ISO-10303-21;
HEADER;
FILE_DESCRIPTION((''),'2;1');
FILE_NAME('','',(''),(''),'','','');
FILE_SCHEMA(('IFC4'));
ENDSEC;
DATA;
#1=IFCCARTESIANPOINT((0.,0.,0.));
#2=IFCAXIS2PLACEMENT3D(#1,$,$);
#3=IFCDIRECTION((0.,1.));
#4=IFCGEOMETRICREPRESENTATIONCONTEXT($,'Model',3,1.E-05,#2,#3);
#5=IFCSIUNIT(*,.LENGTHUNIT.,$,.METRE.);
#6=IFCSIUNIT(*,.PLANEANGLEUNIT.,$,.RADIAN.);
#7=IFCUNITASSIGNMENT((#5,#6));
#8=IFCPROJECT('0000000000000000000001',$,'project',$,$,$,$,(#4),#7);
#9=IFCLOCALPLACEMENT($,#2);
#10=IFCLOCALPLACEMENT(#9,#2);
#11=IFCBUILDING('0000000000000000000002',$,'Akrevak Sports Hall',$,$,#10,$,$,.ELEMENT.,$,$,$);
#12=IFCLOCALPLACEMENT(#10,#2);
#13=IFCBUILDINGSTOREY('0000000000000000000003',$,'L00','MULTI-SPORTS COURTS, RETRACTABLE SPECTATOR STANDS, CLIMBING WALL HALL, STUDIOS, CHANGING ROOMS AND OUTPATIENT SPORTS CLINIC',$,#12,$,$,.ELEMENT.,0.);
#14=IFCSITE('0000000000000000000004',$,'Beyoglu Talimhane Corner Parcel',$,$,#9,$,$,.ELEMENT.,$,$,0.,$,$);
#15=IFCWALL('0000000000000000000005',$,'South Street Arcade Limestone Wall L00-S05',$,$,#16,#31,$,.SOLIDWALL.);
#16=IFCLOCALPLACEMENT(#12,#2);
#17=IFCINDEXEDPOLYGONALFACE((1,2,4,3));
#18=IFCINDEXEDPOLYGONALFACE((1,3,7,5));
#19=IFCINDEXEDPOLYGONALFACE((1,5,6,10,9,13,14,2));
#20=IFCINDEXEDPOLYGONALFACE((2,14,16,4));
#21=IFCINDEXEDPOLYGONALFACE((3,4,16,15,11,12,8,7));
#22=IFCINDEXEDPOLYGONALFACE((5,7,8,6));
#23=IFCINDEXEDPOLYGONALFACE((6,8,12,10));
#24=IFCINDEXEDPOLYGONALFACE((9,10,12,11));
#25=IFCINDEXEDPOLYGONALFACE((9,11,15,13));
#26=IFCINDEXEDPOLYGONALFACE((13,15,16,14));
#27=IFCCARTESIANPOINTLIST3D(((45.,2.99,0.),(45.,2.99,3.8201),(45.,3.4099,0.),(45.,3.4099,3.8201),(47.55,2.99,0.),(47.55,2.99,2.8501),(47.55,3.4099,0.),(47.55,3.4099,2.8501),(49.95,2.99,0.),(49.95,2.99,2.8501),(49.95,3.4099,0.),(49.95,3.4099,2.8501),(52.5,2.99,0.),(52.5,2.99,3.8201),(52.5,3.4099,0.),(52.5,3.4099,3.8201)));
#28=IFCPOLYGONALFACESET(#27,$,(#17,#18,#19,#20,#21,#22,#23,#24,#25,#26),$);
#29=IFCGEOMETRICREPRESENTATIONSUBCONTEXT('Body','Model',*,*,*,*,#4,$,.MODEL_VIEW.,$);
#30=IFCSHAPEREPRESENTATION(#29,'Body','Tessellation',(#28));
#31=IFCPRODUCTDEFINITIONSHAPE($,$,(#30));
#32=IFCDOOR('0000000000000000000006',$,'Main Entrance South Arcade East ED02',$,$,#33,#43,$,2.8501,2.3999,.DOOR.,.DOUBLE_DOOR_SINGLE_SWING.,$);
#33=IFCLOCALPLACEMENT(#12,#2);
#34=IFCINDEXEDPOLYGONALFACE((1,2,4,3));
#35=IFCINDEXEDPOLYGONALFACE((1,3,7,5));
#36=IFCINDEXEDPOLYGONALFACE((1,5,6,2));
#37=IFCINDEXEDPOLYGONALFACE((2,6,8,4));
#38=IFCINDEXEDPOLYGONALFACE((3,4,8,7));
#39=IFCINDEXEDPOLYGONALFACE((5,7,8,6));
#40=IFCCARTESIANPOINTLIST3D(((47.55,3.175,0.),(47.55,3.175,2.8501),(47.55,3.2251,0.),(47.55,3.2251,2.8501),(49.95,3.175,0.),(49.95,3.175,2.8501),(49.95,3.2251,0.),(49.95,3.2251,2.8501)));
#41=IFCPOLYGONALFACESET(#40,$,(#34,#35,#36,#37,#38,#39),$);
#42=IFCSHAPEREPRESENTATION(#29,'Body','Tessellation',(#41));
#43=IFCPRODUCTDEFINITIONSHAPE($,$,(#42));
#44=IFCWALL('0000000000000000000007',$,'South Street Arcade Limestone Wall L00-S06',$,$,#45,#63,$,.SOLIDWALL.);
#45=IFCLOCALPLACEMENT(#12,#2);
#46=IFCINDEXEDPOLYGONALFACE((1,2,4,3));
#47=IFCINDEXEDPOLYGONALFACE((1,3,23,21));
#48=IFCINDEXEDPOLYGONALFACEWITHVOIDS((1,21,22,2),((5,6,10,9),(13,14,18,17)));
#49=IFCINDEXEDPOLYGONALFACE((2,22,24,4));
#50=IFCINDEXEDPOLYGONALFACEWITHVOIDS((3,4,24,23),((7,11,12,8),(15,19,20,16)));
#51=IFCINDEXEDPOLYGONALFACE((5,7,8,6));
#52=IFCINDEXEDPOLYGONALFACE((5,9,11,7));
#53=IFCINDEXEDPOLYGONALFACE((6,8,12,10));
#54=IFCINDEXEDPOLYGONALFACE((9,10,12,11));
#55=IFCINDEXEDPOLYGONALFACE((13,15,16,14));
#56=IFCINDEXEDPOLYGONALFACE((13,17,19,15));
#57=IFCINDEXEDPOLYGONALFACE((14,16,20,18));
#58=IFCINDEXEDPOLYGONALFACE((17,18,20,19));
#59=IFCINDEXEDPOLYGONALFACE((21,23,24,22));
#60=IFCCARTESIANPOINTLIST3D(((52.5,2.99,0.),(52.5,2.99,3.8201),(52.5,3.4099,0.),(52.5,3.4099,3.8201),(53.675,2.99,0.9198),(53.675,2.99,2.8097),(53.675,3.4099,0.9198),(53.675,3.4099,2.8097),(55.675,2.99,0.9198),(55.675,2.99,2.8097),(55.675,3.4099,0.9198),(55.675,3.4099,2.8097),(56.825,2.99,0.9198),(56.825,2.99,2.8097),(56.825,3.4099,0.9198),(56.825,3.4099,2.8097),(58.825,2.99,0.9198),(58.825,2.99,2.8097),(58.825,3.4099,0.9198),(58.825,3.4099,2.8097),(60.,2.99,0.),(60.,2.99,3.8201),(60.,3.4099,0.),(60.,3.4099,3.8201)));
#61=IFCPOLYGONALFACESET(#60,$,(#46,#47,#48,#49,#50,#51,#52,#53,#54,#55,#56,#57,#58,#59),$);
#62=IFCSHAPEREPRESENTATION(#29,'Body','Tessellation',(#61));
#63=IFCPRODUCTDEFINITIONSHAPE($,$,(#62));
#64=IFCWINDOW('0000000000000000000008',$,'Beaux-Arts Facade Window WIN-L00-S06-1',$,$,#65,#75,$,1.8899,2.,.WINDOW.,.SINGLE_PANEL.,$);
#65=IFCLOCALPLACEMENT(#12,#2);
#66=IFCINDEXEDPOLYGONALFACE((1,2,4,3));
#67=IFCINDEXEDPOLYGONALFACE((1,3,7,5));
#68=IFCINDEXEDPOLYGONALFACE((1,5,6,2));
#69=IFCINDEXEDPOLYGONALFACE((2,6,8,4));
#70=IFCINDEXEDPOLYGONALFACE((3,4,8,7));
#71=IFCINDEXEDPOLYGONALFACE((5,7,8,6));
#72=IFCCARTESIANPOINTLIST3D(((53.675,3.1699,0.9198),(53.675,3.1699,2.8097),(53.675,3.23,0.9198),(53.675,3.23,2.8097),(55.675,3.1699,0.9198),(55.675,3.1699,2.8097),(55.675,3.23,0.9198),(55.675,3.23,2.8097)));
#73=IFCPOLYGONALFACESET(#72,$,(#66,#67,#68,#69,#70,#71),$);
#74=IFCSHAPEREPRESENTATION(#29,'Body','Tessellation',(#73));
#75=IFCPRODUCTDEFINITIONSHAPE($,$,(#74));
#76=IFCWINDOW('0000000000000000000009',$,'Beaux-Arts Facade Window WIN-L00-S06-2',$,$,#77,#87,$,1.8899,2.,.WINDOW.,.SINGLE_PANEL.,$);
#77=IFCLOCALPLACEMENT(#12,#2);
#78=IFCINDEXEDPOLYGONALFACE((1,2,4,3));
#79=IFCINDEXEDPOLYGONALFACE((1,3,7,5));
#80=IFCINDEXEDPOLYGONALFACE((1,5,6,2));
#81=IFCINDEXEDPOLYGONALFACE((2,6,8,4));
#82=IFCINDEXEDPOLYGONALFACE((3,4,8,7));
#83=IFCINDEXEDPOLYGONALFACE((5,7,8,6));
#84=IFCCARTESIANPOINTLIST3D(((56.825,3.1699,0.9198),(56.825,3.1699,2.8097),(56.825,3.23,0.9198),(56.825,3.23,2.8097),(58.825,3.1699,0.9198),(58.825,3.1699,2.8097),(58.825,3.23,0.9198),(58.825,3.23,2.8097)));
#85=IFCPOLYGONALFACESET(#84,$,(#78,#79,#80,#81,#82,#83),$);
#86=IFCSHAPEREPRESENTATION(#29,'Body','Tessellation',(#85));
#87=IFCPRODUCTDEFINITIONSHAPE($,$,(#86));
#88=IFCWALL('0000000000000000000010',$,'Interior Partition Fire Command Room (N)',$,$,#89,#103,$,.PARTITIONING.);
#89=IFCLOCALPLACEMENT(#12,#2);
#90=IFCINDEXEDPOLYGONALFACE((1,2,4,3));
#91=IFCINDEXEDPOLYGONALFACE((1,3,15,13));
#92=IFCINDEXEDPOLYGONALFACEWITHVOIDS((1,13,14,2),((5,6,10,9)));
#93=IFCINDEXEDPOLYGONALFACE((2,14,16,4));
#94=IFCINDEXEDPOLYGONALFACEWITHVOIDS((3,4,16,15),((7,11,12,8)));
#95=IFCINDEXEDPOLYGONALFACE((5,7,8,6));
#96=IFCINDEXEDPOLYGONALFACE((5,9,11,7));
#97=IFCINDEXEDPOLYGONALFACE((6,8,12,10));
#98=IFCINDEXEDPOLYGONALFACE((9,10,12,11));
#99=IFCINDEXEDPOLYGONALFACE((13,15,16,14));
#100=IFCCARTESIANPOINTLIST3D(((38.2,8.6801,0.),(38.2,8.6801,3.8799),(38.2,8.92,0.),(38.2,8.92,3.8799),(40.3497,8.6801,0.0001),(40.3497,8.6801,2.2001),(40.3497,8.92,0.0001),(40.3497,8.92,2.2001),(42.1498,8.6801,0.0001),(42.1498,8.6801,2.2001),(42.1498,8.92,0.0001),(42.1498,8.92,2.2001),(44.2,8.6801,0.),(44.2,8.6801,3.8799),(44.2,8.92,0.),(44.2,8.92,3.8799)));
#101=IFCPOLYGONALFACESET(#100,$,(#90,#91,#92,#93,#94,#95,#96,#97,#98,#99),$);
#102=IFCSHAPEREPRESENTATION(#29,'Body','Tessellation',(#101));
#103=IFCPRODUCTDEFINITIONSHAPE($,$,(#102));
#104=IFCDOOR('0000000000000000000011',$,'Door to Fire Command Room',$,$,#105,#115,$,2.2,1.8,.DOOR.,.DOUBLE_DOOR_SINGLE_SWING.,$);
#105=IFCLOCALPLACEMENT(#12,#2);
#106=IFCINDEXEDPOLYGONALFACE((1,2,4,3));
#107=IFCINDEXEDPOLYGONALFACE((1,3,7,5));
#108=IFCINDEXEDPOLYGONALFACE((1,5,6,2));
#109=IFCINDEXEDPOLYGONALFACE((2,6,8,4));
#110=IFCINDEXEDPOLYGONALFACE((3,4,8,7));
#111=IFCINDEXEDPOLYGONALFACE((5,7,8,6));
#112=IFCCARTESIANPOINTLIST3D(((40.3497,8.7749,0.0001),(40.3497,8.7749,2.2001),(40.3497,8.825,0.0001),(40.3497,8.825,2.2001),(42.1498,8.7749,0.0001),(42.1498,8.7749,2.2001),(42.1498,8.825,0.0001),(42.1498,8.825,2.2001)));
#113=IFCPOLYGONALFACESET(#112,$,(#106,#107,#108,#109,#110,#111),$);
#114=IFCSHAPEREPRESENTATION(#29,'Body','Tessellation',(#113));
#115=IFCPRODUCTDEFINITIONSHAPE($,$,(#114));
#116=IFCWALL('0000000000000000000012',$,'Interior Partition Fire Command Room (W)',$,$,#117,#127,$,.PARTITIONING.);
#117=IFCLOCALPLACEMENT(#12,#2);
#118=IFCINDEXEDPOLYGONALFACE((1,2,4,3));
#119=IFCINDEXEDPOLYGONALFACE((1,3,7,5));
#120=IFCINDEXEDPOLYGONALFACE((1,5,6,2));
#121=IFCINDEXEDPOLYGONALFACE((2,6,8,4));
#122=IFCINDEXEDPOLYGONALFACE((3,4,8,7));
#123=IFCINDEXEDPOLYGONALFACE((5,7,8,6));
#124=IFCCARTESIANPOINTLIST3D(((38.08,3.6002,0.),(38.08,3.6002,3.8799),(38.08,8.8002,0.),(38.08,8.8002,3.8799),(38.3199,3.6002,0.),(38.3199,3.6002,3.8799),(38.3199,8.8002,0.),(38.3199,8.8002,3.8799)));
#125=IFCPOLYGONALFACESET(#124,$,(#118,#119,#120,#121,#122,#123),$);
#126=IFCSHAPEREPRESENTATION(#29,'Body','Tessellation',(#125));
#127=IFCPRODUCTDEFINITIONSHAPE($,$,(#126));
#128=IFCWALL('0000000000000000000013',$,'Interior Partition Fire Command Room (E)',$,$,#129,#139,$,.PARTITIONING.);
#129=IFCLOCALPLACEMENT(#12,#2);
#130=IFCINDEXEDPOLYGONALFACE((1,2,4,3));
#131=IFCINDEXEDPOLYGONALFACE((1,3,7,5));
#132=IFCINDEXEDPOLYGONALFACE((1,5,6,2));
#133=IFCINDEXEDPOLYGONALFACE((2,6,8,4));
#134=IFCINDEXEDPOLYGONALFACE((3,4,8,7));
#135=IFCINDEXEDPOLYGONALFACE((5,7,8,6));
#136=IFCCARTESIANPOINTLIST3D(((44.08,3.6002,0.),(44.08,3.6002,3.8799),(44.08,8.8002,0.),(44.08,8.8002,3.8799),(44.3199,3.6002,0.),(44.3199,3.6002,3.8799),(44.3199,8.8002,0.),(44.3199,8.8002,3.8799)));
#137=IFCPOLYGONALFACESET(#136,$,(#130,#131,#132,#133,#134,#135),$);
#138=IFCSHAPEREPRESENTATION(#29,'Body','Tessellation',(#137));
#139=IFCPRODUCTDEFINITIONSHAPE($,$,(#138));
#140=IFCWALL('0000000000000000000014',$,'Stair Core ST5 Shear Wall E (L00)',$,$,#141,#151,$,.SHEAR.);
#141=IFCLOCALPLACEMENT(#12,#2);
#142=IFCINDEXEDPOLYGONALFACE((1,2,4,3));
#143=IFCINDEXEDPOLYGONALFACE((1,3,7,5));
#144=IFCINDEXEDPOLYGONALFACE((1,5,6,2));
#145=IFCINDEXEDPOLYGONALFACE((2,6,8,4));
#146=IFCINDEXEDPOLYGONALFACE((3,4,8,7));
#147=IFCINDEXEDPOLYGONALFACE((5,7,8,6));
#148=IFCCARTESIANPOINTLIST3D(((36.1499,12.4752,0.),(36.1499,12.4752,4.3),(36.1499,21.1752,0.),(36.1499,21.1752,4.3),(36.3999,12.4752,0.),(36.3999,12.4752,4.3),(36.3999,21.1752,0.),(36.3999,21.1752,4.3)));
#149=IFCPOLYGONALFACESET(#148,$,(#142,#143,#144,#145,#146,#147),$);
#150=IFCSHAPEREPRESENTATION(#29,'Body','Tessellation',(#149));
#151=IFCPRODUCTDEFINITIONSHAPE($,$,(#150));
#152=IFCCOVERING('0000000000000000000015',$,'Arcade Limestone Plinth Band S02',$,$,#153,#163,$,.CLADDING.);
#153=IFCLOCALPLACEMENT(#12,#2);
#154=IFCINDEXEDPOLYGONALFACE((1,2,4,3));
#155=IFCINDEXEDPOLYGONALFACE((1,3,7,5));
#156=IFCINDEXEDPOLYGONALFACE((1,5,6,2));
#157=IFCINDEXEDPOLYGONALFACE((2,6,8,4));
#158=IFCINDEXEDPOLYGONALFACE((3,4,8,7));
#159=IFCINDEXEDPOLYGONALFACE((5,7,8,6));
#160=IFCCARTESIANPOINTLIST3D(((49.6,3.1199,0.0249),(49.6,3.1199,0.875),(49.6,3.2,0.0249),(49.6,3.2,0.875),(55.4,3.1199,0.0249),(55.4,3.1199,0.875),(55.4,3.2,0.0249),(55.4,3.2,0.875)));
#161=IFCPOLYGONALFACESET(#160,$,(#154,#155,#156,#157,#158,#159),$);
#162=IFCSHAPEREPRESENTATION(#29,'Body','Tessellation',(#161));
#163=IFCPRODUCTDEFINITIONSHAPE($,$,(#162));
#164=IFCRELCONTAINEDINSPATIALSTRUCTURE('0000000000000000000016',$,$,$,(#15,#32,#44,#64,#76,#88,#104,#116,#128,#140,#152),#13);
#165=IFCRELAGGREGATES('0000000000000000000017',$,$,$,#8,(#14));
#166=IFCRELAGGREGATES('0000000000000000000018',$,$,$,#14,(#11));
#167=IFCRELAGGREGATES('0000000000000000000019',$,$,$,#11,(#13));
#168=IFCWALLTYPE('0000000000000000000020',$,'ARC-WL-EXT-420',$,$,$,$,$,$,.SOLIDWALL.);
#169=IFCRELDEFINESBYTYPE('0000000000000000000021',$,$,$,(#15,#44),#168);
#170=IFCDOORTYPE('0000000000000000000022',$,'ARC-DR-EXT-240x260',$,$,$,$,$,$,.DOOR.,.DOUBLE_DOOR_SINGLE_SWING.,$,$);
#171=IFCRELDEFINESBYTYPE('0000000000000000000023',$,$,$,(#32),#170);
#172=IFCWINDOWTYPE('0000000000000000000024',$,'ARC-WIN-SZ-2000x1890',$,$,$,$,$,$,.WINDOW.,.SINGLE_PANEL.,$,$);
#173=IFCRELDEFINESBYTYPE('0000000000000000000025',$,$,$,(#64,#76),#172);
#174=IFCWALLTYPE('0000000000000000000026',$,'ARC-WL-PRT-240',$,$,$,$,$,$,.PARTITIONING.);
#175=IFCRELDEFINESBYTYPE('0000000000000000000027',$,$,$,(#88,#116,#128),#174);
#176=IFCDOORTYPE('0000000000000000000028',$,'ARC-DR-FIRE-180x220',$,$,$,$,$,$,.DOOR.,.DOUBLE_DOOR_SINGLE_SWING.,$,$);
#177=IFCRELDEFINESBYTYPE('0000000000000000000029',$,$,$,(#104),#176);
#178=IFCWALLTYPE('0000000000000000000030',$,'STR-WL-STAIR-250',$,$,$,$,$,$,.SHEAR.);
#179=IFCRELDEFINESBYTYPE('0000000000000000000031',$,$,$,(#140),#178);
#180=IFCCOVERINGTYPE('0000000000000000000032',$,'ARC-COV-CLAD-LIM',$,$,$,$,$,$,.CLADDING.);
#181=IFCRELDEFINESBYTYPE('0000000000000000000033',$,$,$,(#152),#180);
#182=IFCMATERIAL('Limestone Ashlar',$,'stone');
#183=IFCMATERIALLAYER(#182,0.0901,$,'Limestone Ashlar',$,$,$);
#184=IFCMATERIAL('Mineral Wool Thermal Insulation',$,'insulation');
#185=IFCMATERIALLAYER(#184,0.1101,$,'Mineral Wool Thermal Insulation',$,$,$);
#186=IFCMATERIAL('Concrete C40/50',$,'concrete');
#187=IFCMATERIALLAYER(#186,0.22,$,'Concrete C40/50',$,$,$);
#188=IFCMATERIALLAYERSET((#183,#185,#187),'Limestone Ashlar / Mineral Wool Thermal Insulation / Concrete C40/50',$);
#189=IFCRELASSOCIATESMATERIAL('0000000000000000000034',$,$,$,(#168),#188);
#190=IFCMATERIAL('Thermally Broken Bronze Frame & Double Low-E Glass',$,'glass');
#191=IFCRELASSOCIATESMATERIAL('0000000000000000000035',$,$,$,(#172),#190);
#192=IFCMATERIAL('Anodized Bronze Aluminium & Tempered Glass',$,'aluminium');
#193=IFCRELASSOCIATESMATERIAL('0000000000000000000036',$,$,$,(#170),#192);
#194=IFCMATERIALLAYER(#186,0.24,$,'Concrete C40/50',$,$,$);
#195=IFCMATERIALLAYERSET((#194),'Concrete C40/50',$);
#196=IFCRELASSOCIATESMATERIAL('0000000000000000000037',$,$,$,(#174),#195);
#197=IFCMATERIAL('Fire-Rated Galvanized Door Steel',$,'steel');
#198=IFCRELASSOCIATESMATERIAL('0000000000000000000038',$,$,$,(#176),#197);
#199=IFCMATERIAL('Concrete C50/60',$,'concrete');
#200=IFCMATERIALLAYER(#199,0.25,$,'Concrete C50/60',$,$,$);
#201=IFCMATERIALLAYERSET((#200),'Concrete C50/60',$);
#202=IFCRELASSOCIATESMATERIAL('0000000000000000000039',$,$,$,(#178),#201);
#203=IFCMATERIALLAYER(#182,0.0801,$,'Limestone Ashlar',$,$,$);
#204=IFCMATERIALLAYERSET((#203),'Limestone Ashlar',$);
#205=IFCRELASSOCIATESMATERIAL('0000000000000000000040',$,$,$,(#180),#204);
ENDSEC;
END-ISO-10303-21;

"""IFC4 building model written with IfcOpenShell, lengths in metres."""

from ifc_helpers import new_model, si_unit, direction, frame, frame_2d, origin, origin_2d, place, context, subcontext, project, spatial, rectangle, extrude, material, layer, layer_set, type_object, element, fill, save


model = new_model("IFC4")

# Units and contexts
model_context = context("Model", 3, precision=1e-05, world=origin(), true_north=direction((0.0, 1.0)))
body_context = subcontext(model_context, "Body", "Model", "MODEL_VIEW")
ifc_project = project(units=[si_unit("LENGTHUNIT", "METRE"), si_unit("PLANEANGLEUNIT", "RADIAN")], contexts=[model_context])

# Site, building, storey
site_placement = place(None, origin())
site = spatial("IfcSite", under=ifc_project, at=site_placement, Name="Beyoglu Talimhane Corner Parcel", CompositionType="ELEMENT", RefElevation=0.0)
building_placement = place(site_placement, origin())
building = spatial("IfcBuilding", under=site, at=building_placement, Name="Akrevak Sports Hall", CompositionType="ELEMENT")
storey_placement = place(building_placement, origin())
storey = spatial("IfcBuildingStorey", under=building, at=storey_placement, Name="L00", Description="MULTI-SPORTS COURTS, RETRACTABLE SPECTATOR STANDS, CLIMBING WALL HALL, STUDIOS, CHANGING ROOMS AND OUTPATIENT SPORTS CLINIC", CompositionType="ELEMENT", Elevation=0.0)

# Shared definitions
ifc_material_1 = material(Name="Concrete C40/50", Category="concrete")

# Shared definitions
ifc_material_2 = material(Name="Concrete C50/60", Category="concrete")

# Shared definitions
ifc_material_3 = material(Name="Limestone Ashlar", Category="stone")
ifc_layer_1 = layer(ifc_material_3, 0.0901, Name="Limestone Ashlar")
ifc_material_4 = material(Name="Mineral Wool Thermal Insulation", Category="insulation")
ifc_layer_2 = layer(ifc_material_4, 0.1101, Name="Mineral Wool Thermal Insulation")
ifc_layer_3 = layer(ifc_material_1, 0.22, Name="Concrete C40/50")
ifc_layer_set_1 = layer_set([ifc_layer_1, ifc_layer_2, ifc_layer_3], Name="Limestone Ashlar / Mineral Wool Thermal Insulation / Concrete C40/50")
wall_type_1 = type_object("IfcWallType", Name="ARC-WL-EXT-420", PredefinedType="SOLIDWALL", material=ifc_layer_set_1)
ifc_material_5 = material(Name="Thermally Broken Bronze Frame & Double Low-E Glass", Category="glass")
window_type = type_object("IfcWindowType", Name="ARC-WIN-SZ-2000x1890", PartitioningType="SINGLE_PANEL", PredefinedType="WINDOW", material=ifc_material_5)

# Wall, opening, door
wall_1_placement = place(storey_placement, frame((45.0, 3.2, 0.0), z_axis=(0.0, 0.0, 1.0), x_axis=(1.0, 0.0, 0.0)))
wall_1 = element("IfcWall", 1, at=wall_1_placement, inside=storey, type_object=wall_type_1, Name="South Street Arcade Limestone Wall L00-S05", PredefinedType="SOLIDWALL", context=body_context, shape_type="SweptSolid", body=[
    extrude(rectangle(XDim=7.5, YDim=0.4199, at=frame_2d((3.75, 0.0))), origin(), (0.0, 0.0, 1.0), 3.8201),
])
opening_1_placement = place(wall_1_placement, frame((2.55, 0.0, 0.0)))
opening_1 = element("IfcOpeningElement", 2, at=opening_1_placement, cuts=wall_1, PredefinedType="OPENING", context=body_context, shape_type="SweptSolid", body=[
    extrude(rectangle(XDim=2.3999, YDim=2.8501, at=frame_2d((1.2, 1.425))), frame((0.0, 0.2219, 0.0), z_axis=(0.0, -1.0, 0.0), x_axis=(1.0, 0.0, 0.0)), (0.0, 0.0, 1.0), 0.4438),
])
ifc_material_6 = material(Name="Anodized Bronze Aluminium & Tempered Glass", Category="aluminium")
door_type_1 = type_object("IfcDoorType", Name="ARC-DR-EXT-240x260", OperationType="DOUBLE_DOOR_SINGLE_SWING", PredefinedType="DOOR", material=ifc_material_6)
door_1_placement = place(opening_1_placement, frame((2.3999, 0.0, 0.0), z_axis=(0.0, 0.0, 1.0), x_axis=(-1.0, 0.0, 0.0)))
door_1 = element("IfcDoor", 3, at=door_1_placement, inside=storey, type_object=door_type_1, Name="Main Entrance South Arcade East ED02", OperationType="DOUBLE_DOOR_SINGLE_SWING", OverallHeight=2.8501, OverallWidth=2.3999, PredefinedType="DOOR", context=body_context, shape_type="SweptSolid", body=[
    extrude(rectangle(XDim=2.3999, YDim=2.8501, at=frame_2d((1.2, 1.425))), frame((0.0, 0.0249, 0.0), z_axis=(0.0, -1.0, 0.0), x_axis=(1.0, 0.0, 0.0)), (0.0, 0.0, 1.0), 0.05),
])
fill(opening_1, door_1)

# Wall, openings, windows
wall_2_placement = place(storey_placement, frame((52.5, 3.2, 0.0), z_axis=(0.0, 0.0, 1.0), x_axis=(1.0, 0.0, 0.0)))
wall_2 = element("IfcWall", 4, at=wall_2_placement, inside=storey, type_object=wall_type_1, Name="South Street Arcade Limestone Wall L00-S06", PredefinedType="SOLIDWALL", context=body_context, shape_type="SweptSolid", body=[
    extrude(rectangle(XDim=7.5, YDim=0.4199, at=frame_2d((3.75, 0.0))), origin(), (0.0, 0.0, 1.0), 3.8201),
])
opening_2_placement = place(wall_2_placement, frame((1.175, 0.0, 0.9199)))
opening_2 = element("IfcOpeningElement", 5, at=opening_2_placement, cuts=wall_2, PredefinedType="OPENING", context=body_context, shape_type="SweptSolid", body=[
    extrude(rectangle(XDim=2.0, YDim=1.8899, at=frame_2d((1.0, 0.9448))), frame((0.0, 0.2219, 0.0), z_axis=(0.0, -1.0, 0.0), x_axis=(1.0, 0.0, 0.0)), (0.0, 0.0, 1.0), 0.4438),
])
opening_3_placement = place(wall_2_placement, frame((4.325, 0.0, 0.9199)))
opening_3 = element("IfcOpeningElement", 6, at=opening_3_placement, cuts=wall_2, PredefinedType="OPENING", context=body_context, shape_type="SweptSolid", body=[
    extrude(rectangle(XDim=2.0, YDim=1.8899, at=frame_2d((1.0, 0.9448))), frame((0.0, 0.2219, 0.0), z_axis=(0.0, -1.0, 0.0), x_axis=(1.0, 0.0, 0.0)), (0.0, 0.0, 1.0), 0.4438),
])
window_1_placement = place(opening_2_placement, origin())
window_1 = element("IfcWindow", 7, at=window_1_placement, inside=storey, type_object=window_type, Name="Beaux-Arts Facade Window WIN-L00-S06-1", OverallHeight=1.8899, OverallWidth=2.0, PartitioningType="SINGLE_PANEL", PredefinedType="WINDOW", context=body_context, shape_type="SweptSolid", body=[
    extrude(rectangle(XDim=2.0, YDim=1.8899, at=frame_2d((1.0, 0.9448))), frame((0.0, 0.03, 0.0), z_axis=(0.0, -1.0, 0.0), x_axis=(1.0, 0.0, 0.0)), (0.0, 0.0, 1.0), 0.0601),
])
fill(opening_2, window_1)
window_2_placement = place(opening_3_placement, origin())
window_2 = element("IfcWindow", 8, at=window_2_placement, inside=storey, type_object=window_type, Name="Beaux-Arts Facade Window WIN-L00-S06-2", OverallHeight=1.8899, OverallWidth=2.0, PartitioningType="SINGLE_PANEL", PredefinedType="WINDOW", context=body_context, shape_type="SweptSolid", body=[
    extrude(rectangle(XDim=2.0, YDim=1.8899, at=frame_2d((1.0, 0.9448))), frame((0.0, 0.03, 0.0), z_axis=(0.0, -1.0, 0.0), x_axis=(1.0, 0.0, 0.0)), (0.0, 0.0, 1.0), 0.0601),
])
fill(opening_3, window_2)

# Wall, opening, door
ifc_layer_4 = layer(ifc_material_1, 0.24, Name="Concrete C40/50")
ifc_layer_set_2 = layer_set([ifc_layer_4], Name="Concrete C40/50")
wall_type_2 = type_object("IfcWallType", Name="ARC-WL-PRT-240", PredefinedType="PARTITIONING", material=ifc_layer_set_2)
wall_3_placement = place(storey_placement, frame((38.2, 8.8, 0.0), z_axis=(0.0, 0.0, 1.0), x_axis=(1.0, 0.0, 0.0)))
wall_3 = element("IfcWall", 9, at=wall_3_placement, inside=storey, type_object=wall_type_2, Name="Interior Partition Fire Command Room (N)", PredefinedType="PARTITIONING", context=body_context, shape_type="SweptSolid", body=[
    extrude(rectangle(XDim=6.0, YDim=0.24, at=frame_2d((3.0, 0.0))), origin(), (0.0, 0.0, 1.0), 3.8799),
])
opening_4_placement = place(wall_3_placement, frame((2.1499, 0.0, 0.0)))
opening_4 = element("IfcOpeningElement", 10, at=opening_4_placement, cuts=wall_3, PredefinedType="OPENING", context=body_context, shape_type="SweptSolid", body=[
    extrude(rectangle(XDim=1.8, YDim=2.2, at=frame_2d((0.8999, 1.1001))), frame((0.0, 0.1318, 0.0), z_axis=(0.0, -1.0, 0.0), x_axis=(1.0, 0.0, 0.0)), (0.0, 0.0, 1.0), 0.2639),
])
ifc_material_7 = material(Name="Fire-Rated Galvanized Door Steel", Category="steel")
door_type_2 = type_object("IfcDoorType", Name="ARC-DR-FIRE-180x220", OperationType="DOUBLE_DOOR_SINGLE_SWING", PredefinedType="DOOR", material=ifc_material_7)
door_2_placement = place(opening_4_placement, origin())
door_2 = element("IfcDoor", 11, at=door_2_placement, inside=storey, type_object=door_type_2, Name="Door to Fire Command Room", OperationType="DOUBLE_DOOR_SINGLE_SWING", OverallHeight=2.2, OverallWidth=1.8, PredefinedType="DOOR", context=body_context, shape_type="SweptSolid", body=[
    extrude(rectangle(XDim=1.8, YDim=2.2, at=frame_2d((0.8999, 1.1001))), frame((0.0, 0.0249, 0.0), z_axis=(0.0, -1.0, 0.0), x_axis=(1.0, 0.0, 0.0)), (0.0, 0.0, 1.0), 0.05),
])
fill(opening_4, door_2)

# Walls
for number, where, z_axis, x_axis, name in (
    (12, (38.2, 3.6001, 0.0), (0.0, 0.0, 1.0), (0.0, 1.0, 0.0), "Interior Partition Fire Command Room (W)"),
    (13, (44.2, 3.6001, 0.0), (0.0, 0.0, 1.0), (0.0, 1.0, 0.0), "Interior Partition Fire Command Room (E)"),
):
    element("IfcWall", number, at=place(storey_placement, frame(where, z_axis=z_axis, x_axis=x_axis)), inside=storey, type_object=wall_type_2, Name=name, PredefinedType="PARTITIONING", context=body_context, shape_type="SweptSolid", body=[
        extrude(rectangle(XDim=5.2, YDim=0.24, at=frame_2d((2.6001, 0.0))), origin(), (0.0, 0.0, 1.0), 3.8799),
    ])
ifc_layer_5 = layer(ifc_material_2, 0.25, Name="Concrete C50/60")
ifc_layer_set_3 = layer_set([ifc_layer_5], Name="Concrete C50/60")
wall_type_3 = type_object("IfcWallType", Name="STR-WL-STAIR-250", PredefinedType="SHEAR", material=ifc_layer_set_3)
wall_4_placement = place(storey_placement, frame((36.2749, 12.4751, 0.0), z_axis=(0.0, 0.0, 1.0), x_axis=(0.0, 1.0, 0.0)))
element("IfcWall", 14, at=wall_4_placement, inside=storey, type_object=wall_type_3, Name="Stair Core ST5 Shear Wall E (L00)", PredefinedType="SHEAR", context=body_context, shape_type="SweptSolid", body=[
    extrude(rectangle(XDim=8.7, YDim=0.25, at=frame_2d((4.3501, 0.0))), origin(), (0.0, 0.0, 1.0), 4.3),
])

# Covering
ifc_layer_6 = layer(ifc_material_3, 0.0801, Name="Limestone Ashlar")
ifc_layer_set_4 = layer_set([ifc_layer_6], Name="Limestone Ashlar")
covering_type_1 = type_object("IfcCoveringType", Name="ARC-COV-CLAD-LIM", PredefinedType="CLADDING", material=ifc_layer_set_4)
covering_placement = place(storey_placement, frame((52.5, 3.1599, 0.0249), z_axis=(0.0, 0.0, 1.0), x_axis=(1.0, 0.0, 0.0)))
element("IfcCovering", 15, at=covering_placement, inside=storey, type_object=covering_type_1, Name="Arcade Limestone Plinth Band S02", PredefinedType="CLADDING", context=body_context, shape_type="SweptSolid", body=[
    extrude(rectangle(XDim=5.8, YDim=0.0801, at=origin_2d()), origin(), (0.0, 0.0, 1.0), 0.8501),
])

save(model, "model.ifc")
